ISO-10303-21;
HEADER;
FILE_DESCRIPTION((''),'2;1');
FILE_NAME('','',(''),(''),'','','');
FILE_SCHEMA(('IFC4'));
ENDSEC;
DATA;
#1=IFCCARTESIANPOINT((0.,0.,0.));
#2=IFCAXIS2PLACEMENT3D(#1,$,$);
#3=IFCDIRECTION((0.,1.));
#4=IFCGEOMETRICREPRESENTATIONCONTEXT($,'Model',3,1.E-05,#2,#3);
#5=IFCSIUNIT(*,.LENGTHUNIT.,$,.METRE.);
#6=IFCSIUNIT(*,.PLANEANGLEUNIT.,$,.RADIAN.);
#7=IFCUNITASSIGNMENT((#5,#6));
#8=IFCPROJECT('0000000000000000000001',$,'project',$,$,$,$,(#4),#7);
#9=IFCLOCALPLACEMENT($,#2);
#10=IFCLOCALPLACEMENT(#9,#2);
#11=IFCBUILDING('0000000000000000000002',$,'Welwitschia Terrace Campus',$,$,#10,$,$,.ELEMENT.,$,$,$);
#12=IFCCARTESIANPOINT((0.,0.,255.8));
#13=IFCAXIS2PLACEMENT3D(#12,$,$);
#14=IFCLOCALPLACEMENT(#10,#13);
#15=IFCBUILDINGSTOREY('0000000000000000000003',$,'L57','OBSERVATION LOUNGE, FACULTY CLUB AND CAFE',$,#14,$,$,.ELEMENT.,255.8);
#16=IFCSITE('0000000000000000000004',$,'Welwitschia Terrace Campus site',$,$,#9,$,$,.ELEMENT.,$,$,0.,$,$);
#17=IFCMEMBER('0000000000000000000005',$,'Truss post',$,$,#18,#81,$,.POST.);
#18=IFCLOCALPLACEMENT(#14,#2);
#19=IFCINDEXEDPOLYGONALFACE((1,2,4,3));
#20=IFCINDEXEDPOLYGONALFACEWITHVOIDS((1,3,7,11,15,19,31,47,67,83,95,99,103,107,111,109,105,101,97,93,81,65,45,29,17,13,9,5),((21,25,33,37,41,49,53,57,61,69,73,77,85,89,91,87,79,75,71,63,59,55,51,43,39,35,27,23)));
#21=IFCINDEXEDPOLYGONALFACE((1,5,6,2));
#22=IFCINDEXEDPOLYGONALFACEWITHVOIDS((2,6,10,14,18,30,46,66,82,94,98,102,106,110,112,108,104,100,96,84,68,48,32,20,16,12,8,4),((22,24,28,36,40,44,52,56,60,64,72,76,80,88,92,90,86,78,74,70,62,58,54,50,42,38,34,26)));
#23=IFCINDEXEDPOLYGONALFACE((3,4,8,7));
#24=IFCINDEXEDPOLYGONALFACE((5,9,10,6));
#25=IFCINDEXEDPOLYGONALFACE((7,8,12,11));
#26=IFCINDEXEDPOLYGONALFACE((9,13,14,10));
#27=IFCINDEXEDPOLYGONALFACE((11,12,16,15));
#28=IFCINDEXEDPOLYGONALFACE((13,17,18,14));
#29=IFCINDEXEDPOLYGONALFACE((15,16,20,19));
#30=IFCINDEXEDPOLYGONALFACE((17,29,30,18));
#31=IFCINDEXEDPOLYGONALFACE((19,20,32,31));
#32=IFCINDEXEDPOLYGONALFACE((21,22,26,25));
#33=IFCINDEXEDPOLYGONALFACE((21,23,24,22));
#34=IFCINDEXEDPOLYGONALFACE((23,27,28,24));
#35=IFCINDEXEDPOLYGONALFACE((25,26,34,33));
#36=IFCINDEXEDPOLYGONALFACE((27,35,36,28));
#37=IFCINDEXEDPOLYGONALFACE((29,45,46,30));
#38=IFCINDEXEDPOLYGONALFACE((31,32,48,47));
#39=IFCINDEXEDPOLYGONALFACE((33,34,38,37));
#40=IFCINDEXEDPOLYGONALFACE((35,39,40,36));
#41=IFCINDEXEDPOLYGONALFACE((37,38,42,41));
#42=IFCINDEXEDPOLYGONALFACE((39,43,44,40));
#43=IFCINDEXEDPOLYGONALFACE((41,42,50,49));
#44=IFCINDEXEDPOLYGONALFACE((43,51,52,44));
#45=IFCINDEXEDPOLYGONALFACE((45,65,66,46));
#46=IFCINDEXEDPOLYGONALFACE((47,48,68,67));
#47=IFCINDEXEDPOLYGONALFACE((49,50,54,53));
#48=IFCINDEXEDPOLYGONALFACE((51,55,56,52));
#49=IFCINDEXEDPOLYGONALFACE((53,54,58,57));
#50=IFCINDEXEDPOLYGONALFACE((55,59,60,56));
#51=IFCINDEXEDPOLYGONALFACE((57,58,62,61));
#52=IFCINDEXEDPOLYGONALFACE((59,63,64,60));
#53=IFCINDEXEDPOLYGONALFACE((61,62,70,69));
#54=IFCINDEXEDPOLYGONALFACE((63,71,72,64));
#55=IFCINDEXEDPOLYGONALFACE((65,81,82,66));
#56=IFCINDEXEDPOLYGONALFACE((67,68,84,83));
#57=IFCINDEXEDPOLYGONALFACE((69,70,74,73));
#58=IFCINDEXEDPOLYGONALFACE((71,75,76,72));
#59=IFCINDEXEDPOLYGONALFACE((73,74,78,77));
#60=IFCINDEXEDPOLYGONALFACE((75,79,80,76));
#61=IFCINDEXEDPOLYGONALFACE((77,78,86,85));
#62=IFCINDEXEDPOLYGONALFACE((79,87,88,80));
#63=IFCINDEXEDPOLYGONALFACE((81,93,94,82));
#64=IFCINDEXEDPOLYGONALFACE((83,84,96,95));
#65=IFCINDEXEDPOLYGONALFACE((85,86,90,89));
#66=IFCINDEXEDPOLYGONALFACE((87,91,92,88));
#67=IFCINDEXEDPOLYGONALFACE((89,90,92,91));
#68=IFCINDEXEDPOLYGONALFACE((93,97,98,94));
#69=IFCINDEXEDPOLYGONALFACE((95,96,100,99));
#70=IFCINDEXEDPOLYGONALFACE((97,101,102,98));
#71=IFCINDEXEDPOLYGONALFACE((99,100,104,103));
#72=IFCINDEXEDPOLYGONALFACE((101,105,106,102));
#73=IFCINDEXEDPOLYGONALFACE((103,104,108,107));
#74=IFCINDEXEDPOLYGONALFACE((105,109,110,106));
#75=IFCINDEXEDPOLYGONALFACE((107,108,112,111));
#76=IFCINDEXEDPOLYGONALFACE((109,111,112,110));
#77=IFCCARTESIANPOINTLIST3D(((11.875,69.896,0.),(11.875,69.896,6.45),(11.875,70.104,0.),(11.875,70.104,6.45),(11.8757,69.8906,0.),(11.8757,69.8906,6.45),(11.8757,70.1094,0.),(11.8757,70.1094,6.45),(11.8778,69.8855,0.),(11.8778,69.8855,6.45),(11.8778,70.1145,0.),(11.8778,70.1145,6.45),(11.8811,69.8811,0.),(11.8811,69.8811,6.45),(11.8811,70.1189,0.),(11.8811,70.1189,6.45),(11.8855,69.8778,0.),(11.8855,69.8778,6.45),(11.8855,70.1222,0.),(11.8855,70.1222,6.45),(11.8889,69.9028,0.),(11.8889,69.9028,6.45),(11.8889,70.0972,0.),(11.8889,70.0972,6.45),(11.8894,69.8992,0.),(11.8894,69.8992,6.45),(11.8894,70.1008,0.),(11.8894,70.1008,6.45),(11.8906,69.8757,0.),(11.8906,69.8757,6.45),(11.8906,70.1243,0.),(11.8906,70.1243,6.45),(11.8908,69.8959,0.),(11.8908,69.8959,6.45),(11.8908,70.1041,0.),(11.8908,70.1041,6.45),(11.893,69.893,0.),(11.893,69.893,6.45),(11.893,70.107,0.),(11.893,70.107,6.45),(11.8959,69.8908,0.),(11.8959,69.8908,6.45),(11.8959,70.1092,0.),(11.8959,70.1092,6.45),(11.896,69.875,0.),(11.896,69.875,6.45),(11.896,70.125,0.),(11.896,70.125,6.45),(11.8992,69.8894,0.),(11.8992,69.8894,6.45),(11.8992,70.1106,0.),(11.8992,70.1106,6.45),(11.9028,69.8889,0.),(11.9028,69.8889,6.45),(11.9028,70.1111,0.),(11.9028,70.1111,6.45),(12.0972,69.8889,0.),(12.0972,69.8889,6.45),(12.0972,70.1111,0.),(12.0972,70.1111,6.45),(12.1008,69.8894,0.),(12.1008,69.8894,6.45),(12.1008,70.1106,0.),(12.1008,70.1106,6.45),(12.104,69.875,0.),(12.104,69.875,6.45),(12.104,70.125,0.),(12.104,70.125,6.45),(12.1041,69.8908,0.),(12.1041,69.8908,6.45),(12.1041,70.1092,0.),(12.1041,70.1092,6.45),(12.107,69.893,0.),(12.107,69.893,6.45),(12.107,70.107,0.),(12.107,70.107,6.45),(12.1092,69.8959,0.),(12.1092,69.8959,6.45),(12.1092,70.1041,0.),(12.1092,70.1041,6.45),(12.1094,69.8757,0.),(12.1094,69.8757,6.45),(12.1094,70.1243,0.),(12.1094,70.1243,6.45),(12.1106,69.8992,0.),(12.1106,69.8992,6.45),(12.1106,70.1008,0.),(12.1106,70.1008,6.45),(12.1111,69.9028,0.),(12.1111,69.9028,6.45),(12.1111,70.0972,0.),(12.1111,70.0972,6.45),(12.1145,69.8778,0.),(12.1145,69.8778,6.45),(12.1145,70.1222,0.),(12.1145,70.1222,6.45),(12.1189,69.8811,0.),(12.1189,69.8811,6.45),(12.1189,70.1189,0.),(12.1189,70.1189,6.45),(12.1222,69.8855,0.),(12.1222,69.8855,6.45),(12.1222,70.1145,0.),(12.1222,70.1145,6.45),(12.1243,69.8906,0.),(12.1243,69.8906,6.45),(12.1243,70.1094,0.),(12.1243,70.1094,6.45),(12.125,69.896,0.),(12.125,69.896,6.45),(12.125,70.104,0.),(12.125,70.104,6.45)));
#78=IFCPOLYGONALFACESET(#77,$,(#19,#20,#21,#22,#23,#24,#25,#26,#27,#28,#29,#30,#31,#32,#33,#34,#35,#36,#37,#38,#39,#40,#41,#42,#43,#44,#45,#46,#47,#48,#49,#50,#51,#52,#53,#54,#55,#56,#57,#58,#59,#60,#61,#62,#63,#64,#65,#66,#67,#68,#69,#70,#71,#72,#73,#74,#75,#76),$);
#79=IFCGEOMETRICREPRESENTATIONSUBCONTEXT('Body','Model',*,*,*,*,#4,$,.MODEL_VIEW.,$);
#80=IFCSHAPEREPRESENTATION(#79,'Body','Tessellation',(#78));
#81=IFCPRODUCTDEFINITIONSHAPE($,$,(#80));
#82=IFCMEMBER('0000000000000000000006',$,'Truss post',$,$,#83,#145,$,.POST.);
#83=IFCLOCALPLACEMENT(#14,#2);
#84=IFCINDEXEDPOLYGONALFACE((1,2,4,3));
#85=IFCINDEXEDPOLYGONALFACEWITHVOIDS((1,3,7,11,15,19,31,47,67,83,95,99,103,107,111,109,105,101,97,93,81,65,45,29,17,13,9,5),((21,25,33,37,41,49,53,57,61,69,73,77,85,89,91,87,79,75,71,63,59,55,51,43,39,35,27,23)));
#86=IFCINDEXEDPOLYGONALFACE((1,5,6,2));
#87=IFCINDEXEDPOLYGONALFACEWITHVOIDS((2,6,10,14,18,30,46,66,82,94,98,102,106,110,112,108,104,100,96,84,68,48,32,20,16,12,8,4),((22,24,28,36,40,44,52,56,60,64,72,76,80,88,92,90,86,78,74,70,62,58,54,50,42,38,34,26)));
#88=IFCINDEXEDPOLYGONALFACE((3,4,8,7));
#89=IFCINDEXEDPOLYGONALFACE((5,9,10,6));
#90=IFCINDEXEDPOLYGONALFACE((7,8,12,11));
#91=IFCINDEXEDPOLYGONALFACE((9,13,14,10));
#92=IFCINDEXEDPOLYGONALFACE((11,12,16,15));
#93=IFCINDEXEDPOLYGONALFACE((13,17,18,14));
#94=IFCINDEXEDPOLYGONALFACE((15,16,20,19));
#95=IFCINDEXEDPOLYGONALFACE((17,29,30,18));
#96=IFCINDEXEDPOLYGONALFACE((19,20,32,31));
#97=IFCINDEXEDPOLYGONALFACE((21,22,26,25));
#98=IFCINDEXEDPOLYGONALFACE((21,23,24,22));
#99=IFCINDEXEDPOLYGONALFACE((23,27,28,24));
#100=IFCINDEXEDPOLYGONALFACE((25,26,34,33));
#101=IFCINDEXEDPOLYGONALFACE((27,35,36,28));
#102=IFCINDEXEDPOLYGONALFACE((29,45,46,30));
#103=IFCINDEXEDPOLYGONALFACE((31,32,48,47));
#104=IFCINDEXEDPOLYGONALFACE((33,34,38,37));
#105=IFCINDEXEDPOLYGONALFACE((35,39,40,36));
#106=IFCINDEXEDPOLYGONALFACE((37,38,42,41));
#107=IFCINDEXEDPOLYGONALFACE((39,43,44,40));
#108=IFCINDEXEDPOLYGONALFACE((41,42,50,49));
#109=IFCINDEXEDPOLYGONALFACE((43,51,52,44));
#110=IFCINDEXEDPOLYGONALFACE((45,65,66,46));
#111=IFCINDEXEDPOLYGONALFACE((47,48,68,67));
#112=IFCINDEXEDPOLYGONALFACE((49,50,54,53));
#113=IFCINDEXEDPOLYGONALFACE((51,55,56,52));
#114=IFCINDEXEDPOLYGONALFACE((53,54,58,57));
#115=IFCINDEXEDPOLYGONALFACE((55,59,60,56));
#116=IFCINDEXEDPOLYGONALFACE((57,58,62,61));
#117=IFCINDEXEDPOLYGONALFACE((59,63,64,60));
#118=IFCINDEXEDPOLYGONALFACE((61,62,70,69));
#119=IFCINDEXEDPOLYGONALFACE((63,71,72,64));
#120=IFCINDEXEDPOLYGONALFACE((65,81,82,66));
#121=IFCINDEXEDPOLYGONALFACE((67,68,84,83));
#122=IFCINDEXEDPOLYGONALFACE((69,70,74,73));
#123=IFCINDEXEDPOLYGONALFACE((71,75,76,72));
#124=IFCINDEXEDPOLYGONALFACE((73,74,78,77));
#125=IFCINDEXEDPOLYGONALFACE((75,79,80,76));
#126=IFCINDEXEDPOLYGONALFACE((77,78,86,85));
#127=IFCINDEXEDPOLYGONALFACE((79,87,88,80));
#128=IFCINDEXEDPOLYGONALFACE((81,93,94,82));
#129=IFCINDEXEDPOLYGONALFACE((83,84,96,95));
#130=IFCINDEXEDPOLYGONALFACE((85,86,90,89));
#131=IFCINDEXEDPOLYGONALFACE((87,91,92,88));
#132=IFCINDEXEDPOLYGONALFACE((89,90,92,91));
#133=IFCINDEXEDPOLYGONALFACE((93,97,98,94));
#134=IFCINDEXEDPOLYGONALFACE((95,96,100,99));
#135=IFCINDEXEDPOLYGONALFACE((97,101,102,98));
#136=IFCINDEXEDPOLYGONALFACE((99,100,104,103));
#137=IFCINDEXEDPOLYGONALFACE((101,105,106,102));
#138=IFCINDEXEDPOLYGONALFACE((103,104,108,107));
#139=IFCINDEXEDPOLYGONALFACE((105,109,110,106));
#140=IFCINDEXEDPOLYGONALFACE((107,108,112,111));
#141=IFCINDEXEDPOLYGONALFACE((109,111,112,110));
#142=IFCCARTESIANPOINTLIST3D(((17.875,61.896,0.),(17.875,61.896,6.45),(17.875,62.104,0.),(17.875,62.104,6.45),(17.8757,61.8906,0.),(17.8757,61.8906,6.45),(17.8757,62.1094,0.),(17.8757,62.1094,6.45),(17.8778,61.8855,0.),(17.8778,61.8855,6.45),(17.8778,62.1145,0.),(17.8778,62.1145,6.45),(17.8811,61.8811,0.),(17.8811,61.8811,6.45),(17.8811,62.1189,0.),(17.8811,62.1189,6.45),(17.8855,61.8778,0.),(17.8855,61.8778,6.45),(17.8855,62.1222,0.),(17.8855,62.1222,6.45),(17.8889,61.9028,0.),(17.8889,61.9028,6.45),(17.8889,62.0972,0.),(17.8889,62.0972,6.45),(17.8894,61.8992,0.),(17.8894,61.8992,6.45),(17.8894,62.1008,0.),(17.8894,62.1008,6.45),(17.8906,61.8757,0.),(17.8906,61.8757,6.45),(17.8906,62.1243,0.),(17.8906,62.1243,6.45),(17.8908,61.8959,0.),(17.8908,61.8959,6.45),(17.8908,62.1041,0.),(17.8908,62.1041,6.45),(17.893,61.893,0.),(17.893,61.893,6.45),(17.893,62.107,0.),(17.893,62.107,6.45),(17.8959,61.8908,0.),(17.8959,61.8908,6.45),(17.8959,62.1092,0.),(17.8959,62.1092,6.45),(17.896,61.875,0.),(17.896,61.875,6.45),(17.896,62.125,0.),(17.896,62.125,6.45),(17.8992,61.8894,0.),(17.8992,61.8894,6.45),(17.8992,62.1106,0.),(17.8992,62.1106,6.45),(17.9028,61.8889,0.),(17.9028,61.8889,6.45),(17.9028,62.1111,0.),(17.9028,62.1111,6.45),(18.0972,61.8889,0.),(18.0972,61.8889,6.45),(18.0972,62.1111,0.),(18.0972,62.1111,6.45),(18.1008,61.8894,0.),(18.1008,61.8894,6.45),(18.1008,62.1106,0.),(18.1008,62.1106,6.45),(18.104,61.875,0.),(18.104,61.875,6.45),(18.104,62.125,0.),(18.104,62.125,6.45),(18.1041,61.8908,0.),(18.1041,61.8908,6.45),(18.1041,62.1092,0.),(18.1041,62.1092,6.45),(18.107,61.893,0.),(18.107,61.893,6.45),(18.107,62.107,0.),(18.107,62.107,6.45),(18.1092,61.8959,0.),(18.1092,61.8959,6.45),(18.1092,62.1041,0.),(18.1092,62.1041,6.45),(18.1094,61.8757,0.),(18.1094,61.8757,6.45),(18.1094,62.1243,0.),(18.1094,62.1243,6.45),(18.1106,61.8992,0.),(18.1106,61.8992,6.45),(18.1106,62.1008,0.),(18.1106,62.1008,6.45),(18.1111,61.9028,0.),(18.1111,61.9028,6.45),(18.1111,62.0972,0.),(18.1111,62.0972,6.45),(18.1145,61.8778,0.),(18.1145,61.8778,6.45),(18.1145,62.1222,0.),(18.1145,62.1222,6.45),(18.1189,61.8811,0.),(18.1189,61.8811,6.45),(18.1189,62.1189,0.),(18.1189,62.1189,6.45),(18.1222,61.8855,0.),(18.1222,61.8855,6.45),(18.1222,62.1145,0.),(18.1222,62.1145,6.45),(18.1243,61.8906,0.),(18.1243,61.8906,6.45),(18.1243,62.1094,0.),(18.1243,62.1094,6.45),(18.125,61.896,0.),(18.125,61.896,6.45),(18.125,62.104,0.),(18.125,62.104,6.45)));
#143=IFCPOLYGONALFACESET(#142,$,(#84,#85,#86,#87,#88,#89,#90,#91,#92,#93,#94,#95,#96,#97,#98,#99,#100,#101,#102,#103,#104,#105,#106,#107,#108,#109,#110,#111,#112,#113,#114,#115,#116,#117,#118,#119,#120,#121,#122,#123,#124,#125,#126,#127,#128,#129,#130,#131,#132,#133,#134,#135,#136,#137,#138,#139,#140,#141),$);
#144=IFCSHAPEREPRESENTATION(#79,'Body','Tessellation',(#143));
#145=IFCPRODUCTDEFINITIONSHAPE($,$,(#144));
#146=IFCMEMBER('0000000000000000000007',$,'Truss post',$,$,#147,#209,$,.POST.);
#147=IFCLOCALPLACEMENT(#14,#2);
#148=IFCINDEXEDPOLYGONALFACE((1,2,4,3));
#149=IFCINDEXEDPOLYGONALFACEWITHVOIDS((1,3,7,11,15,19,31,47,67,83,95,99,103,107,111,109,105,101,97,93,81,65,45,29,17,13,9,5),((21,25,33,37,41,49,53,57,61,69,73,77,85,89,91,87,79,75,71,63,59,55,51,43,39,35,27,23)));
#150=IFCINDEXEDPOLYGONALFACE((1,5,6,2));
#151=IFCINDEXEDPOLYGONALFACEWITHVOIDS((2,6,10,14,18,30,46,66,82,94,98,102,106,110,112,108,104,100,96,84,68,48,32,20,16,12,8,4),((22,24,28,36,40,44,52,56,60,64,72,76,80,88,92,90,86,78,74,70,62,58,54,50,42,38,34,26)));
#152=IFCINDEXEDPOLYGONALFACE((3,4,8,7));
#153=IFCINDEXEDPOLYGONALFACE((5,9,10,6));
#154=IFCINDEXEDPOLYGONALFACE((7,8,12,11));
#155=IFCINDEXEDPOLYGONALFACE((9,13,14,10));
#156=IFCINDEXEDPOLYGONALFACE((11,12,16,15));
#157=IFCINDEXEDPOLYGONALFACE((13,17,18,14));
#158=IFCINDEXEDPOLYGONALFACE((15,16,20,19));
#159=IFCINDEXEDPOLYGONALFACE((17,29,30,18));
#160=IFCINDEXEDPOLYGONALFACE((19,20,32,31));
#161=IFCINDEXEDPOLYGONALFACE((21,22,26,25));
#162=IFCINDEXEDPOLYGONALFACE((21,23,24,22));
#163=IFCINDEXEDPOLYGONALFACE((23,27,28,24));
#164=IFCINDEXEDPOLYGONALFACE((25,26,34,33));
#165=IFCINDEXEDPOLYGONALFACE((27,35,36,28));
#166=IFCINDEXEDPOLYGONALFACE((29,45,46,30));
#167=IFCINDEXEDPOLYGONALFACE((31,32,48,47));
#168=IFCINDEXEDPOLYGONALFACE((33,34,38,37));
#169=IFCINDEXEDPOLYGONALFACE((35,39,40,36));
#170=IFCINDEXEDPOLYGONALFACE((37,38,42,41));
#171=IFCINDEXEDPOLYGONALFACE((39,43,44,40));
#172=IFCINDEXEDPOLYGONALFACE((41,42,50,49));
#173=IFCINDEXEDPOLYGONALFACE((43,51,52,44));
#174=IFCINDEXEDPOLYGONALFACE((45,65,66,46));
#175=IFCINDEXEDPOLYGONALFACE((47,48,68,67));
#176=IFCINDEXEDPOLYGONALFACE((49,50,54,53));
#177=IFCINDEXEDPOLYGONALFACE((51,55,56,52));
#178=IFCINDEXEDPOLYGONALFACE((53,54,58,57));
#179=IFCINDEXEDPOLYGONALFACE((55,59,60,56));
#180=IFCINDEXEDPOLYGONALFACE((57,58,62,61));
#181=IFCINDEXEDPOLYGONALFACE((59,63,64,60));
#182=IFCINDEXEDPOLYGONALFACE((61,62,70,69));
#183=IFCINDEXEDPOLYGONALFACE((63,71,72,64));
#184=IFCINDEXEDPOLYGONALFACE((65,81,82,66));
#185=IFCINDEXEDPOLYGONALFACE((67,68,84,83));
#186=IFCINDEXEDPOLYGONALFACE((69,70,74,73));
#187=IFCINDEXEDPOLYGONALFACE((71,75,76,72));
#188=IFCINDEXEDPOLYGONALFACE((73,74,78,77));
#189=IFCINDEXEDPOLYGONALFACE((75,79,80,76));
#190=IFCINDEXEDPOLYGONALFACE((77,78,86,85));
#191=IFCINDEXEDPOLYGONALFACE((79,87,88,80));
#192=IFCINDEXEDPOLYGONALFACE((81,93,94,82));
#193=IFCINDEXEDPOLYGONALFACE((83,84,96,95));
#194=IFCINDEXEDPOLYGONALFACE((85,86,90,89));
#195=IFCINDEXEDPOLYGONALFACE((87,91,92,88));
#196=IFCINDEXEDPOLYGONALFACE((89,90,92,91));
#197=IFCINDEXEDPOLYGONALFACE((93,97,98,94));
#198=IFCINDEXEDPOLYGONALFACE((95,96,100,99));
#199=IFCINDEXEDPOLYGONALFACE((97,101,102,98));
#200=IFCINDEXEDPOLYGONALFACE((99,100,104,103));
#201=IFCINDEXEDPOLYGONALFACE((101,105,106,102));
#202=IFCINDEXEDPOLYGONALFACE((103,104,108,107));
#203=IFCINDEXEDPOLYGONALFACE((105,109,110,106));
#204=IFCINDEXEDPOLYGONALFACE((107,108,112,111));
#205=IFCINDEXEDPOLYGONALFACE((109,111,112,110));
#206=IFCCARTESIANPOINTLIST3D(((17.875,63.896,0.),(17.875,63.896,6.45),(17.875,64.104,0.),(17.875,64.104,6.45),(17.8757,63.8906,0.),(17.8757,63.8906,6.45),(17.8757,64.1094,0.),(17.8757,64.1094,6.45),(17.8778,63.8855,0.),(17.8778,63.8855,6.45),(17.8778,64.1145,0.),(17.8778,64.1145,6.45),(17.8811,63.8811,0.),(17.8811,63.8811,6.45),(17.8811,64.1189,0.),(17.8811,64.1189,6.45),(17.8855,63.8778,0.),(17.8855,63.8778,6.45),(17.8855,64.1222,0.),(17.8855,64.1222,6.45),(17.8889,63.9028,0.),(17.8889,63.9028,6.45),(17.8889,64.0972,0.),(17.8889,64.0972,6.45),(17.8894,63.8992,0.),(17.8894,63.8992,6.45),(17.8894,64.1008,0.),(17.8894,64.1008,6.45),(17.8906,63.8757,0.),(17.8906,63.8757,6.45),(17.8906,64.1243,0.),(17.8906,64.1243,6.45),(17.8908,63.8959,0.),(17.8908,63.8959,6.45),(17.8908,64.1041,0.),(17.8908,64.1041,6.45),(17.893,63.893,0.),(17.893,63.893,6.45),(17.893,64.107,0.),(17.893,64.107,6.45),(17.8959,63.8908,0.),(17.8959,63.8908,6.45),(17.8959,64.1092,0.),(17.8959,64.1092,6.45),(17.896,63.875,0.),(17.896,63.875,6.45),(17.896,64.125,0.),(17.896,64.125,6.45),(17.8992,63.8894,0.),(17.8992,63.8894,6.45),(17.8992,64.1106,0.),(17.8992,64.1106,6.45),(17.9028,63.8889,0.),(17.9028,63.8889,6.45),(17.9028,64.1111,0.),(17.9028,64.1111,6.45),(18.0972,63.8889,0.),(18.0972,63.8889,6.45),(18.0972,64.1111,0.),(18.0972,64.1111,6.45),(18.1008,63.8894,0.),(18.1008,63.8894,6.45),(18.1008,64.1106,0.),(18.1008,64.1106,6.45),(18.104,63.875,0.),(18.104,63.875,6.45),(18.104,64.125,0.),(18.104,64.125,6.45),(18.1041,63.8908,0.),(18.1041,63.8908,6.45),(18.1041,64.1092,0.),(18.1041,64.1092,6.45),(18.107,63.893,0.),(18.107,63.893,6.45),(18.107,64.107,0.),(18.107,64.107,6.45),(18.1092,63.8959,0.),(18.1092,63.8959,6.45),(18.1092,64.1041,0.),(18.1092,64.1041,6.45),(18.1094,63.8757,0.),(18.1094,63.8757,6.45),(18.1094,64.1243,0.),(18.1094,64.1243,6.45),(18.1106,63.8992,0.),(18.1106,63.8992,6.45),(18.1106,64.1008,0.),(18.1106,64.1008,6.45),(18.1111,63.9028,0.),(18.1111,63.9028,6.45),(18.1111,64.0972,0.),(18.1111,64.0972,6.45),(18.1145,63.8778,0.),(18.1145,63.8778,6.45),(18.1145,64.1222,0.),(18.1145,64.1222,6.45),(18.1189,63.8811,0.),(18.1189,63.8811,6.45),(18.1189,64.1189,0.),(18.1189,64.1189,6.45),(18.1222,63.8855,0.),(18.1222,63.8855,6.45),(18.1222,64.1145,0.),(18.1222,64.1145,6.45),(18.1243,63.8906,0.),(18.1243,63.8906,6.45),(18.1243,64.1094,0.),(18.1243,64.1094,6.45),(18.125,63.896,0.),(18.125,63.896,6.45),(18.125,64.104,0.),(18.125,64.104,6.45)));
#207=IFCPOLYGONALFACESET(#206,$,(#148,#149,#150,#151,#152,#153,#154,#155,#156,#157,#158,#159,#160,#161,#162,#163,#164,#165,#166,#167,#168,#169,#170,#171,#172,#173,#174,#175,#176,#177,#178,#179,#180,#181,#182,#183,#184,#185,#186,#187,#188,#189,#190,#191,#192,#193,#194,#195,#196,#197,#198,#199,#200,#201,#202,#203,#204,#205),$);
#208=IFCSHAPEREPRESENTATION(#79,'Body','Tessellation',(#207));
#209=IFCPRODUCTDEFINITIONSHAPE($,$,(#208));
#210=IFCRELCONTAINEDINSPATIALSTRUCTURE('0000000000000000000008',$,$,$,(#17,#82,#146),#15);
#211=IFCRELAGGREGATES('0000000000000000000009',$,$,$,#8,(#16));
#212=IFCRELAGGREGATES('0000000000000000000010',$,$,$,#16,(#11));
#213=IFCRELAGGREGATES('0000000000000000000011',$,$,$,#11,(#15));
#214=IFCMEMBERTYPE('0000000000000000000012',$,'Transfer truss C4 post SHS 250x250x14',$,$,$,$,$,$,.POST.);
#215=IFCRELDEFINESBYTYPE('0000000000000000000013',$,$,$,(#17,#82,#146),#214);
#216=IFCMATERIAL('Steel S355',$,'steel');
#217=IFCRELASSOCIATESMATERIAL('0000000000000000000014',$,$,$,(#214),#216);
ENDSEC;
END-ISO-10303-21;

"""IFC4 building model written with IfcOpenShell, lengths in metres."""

from ifc_helpers import new_model, si_unit, direction, frame, origin, origin_2d, place, context, subcontext, project, spatial, hollow_rectangle, extrude, material, material_profile, profile_set, type_object, element, save


model = new_model("IFC4")

# Units and contexts
model_context = context("Model", 3, precision=1e-05, world=origin(), true_north=direction((0.0, 1.0)))
body_context = subcontext(model_context, "Body", "Model", "MODEL_VIEW")
ifc_project = project(units=[si_unit("LENGTHUNIT", "METRE"), si_unit("PLANEANGLEUNIT", "RADIAN")], contexts=[model_context])

# Site, building, storey
site_placement = place(None, origin())
site = spatial("IfcSite", under=ifc_project, at=site_placement, Name="Welwitschia Terrace Campus site", CompositionType="ELEMENT", RefElevation=0.0)
building_placement = place(site_placement, origin())
building = spatial("IfcBuilding", under=site, at=building_placement, Name="Welwitschia Terrace Campus", CompositionType="ELEMENT")
storey_placement = place(building_placement, frame((0.0, 0.0, 255.8)))
storey = spatial("IfcBuildingStorey", under=building, at=storey_placement, Name="L57", Description="OBSERVATION LOUNGE, FACULTY CLUB AND CAFE", CompositionType="ELEMENT", Elevation=255.8)

# Members
ifc_material_1 = material(Name="Steel S355", Category="steel")
ifc_material_profile_1 = material_profile(ifc_material_1, hollow_rectangle(XDim=0.25, YDim=0.25, WallThickness=0.0139, InnerFilletRadius=0.0139, OuterFilletRadius=0.021, at=origin_2d()))
ifc_profile_set_1 = profile_set([ifc_material_profile_1], Name="Steel S355")
member_type_1 = type_object("IfcMemberType", Name="Transfer truss C4 post SHS 250x250x14", PredefinedType="POST", material=ifc_profile_set_1)
for number, where, z_axis, x_axis, name in (
    (1, (12.0, 70.0, 0.0), (0.0, 0.0, 1.0), (1.0, 0.0, 0.0), "Truss post"),
    (2, (18.0, 62.0, 0.0), (0.0, 0.0, 1.0), (1.0, 0.0, 0.0), "Truss post"),
    (3, (18.0, 64.0, 0.0), (0.0, 0.0, 1.0), (1.0, 0.0, 0.0), "Truss post"),
):
    element("IfcMember", number, at=place(storey_placement, frame(where, z_axis=z_axis, x_axis=x_axis)), inside=storey, type_object=member_type_1, Name=name, PredefinedType="POST", context=body_context, shape_type="SweptSolid", body=[
        extrude(hollow_rectangle(XDim=0.25, YDim=0.25, WallThickness=0.0139, InnerFilletRadius=0.0139, OuterFilletRadius=0.021, at=origin_2d()), origin(), (0.0, 0.0, 1.0), 6.45),
    ])

save(model, "model.ifc")
